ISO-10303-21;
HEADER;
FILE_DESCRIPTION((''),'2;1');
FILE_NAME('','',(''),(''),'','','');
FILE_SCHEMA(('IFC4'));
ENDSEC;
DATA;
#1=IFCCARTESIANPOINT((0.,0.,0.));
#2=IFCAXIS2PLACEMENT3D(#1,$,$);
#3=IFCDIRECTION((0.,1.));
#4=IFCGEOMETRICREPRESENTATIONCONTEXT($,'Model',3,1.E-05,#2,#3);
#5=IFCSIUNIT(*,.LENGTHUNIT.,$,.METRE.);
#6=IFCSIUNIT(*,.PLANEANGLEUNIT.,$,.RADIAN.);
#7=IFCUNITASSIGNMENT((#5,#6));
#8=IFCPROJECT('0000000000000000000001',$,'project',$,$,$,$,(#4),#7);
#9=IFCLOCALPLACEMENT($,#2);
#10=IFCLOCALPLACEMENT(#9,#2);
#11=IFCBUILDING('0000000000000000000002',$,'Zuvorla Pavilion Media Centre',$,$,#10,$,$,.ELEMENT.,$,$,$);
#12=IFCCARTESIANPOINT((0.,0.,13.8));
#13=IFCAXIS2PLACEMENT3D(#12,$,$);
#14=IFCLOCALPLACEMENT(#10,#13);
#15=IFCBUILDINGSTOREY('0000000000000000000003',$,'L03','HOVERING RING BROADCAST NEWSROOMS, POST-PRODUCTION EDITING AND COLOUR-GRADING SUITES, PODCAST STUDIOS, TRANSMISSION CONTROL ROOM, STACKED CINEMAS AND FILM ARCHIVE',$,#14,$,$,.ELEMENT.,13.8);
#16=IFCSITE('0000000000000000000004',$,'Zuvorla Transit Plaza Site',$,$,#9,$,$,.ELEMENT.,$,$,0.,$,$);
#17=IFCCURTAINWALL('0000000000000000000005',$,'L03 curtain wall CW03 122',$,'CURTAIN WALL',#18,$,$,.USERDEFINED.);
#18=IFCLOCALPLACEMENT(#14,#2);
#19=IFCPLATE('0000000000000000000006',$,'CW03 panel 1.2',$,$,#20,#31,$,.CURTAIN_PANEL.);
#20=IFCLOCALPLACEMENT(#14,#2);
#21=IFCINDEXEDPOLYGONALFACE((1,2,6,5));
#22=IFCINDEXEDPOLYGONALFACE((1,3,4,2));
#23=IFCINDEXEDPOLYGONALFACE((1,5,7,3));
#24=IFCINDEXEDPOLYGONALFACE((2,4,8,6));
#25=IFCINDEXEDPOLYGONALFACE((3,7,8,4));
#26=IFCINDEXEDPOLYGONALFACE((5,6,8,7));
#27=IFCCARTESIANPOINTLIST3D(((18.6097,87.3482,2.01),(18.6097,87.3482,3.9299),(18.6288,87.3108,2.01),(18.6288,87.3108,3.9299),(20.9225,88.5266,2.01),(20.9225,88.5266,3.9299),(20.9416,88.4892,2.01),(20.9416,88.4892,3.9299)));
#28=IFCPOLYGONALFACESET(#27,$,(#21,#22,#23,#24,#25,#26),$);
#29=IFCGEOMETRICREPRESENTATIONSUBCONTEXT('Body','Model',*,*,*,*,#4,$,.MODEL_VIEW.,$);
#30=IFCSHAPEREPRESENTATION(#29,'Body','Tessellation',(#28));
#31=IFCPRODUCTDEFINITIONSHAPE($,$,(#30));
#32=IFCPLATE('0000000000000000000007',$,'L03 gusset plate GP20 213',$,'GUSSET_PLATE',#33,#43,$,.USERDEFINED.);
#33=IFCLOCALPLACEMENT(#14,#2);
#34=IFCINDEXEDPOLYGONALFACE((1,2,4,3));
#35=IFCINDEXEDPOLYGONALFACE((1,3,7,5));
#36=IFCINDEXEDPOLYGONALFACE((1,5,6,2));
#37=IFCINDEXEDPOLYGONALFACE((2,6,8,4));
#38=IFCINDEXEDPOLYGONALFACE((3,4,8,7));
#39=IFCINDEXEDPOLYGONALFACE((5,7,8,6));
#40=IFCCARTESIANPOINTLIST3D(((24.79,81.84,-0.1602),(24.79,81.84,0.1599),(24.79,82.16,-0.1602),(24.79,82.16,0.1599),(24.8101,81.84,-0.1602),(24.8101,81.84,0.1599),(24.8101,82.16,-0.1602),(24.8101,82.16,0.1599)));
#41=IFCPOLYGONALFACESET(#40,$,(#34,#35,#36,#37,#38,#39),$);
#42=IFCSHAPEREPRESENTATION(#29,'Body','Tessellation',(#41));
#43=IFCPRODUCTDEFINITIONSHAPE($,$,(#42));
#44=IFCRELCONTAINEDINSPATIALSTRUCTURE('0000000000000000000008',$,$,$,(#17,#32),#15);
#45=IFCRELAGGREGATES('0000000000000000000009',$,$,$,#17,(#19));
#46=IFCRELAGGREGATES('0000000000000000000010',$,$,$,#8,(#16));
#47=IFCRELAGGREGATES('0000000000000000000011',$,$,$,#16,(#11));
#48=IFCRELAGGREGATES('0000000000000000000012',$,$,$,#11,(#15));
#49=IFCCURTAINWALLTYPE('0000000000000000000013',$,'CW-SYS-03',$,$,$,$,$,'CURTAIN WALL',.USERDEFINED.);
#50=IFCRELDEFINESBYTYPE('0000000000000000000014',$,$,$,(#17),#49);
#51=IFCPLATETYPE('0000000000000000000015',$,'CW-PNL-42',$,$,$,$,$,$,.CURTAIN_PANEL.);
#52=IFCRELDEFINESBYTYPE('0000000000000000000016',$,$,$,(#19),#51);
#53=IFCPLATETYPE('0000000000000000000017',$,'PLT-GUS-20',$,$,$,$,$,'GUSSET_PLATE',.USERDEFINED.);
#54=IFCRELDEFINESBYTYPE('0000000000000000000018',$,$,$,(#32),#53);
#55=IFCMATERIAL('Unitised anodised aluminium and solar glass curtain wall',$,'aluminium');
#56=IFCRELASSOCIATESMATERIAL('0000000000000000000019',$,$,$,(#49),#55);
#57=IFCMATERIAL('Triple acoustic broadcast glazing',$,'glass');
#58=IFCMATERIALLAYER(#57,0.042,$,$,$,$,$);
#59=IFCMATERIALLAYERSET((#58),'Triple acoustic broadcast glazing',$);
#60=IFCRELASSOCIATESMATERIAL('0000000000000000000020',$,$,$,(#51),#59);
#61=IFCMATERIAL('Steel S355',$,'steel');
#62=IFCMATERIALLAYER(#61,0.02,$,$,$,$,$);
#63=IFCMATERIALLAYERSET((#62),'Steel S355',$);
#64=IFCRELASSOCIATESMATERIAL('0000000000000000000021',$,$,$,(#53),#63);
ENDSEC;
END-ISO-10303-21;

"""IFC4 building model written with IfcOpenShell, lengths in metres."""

from ifc_helpers import new_model, si_unit, direction, frame, origin, origin_2d, place, context, subcontext, project, spatial, rectangle, extrude, material, layer, layer_set, type_object, element, aggregate, save


model = new_model("IFC4")

# Units and contexts
model_context = context("Model", 3, precision=1e-05, world=origin(), true_north=direction((0.0, 1.0)))
body_context = subcontext(model_context, "Body", "Model", "MODEL_VIEW")
ifc_project = project(units=[si_unit("LENGTHUNIT", "METRE"), si_unit("PLANEANGLEUNIT", "RADIAN")], contexts=[model_context])

# Site, building, storey
site_placement = place(None, origin())
site = spatial("IfcSite", under=ifc_project, at=site_placement, Name="Zuvorla Transit Plaza Site", CompositionType="ELEMENT", RefElevation=0.0)
building_placement = place(site_placement, origin())
building = spatial("IfcBuilding", under=site, at=building_placement, Name="Zuvorla Pavilion Media Centre", CompositionType="ELEMENT")
storey_placement = place(building_placement, frame((0.0, 0.0, 13.8)))
storey = spatial("IfcBuildingStorey", under=building, at=storey_placement, Name="L03", Description="HOVERING RING BROADCAST NEWSROOMS, POST-PRODUCTION EDITING AND COLOUR-GRADING SUITES, PODCAST STUDIOS, TRANSMISSION CONTROL ROOM, STACKED CINEMAS AND FILM ARCHIVE", CompositionType="ELEMENT", Elevation=13.8)

# Shared definitions
ifc_material_1 = material(Name="Steel S355", Category="steel")

# Shared definitions
ifc_material_2 = material(Name="Unitised anodised aluminium and solar glass curtain wall", Category="aluminium")

# Curtain wall
curtain_wall_type_1 = type_object("IfcCurtainWallType", Name="CW-SYS-03", ElementType="CURTAIN WALL", PredefinedType="USERDEFINED", material=ifc_material_2)
curtain_wall_1_placement = place(storey_placement, origin())
curtain_wall_1 = element("IfcCurtainWall", 1, at=curtain_wall_1_placement, inside=storey, type_object=curtain_wall_type_1, Name="L03 curtain wall CW03 122", ObjectType="CURTAIN WALL", PredefinedType="USERDEFINED")

# Plates
ifc_material_3 = material(Name="Triple acoustic broadcast glazing", Category="glass")
ifc_layer_1 = layer(ifc_material_3, 0.042)
ifc_layer_set_1 = layer_set([ifc_layer_1], Name="Triple acoustic broadcast glazing")
plate_type_1 = type_object("IfcPlateType", Name="CW-PNL-42", PredefinedType="CURTAIN_PANEL", material=ifc_layer_set_1)
plate_1_placement = place(storey_placement, frame((19.7756, 87.9187, 2.01), z_axis=(0.0, 0.0, 1.0), x_axis=(-0.891009, -0.453986, 0.0)))
plate_1 = element("IfcPlate", 2, at=plate_1_placement, type_object=plate_type_1, Name="CW03 panel 1.2", PredefinedType="CURTAIN_PANEL", context=body_context, shape_type="SweptSolid", body=[
    extrude(rectangle(XDim=2.5957, YDim=0.042, at=origin_2d()), origin(), (0.0, 0.0, 1.0), 1.9199),
])
aggregate(curtain_wall_1, [plate_1])
ifc_layer_2 = layer(ifc_material_1, 0.02)
ifc_layer_set_2 = layer_set([ifc_layer_2], Name="Steel S355")
plate_type_2 = type_object("IfcPlateType", Name="PLT-GUS-20", ElementType="GUSSET_PLATE", PredefinedType="USERDEFINED", material=ifc_layer_set_2)
plate_2_placement = place(storey_placement, frame((24.8, 82.0, -0.1602), z_axis=(0.0, 0.0, 1.0), x_axis=(1.0, 0.0, 0.0)))
element("IfcPlate", 3, at=plate_2_placement, inside=storey, type_object=plate_type_2, Name="L03 gusset plate GP20 213", ObjectType="GUSSET_PLATE", PredefinedType="USERDEFINED", context=body_context, shape_type="SweptSolid", body=[
    extrude(rectangle(XDim=0.02, YDim=0.3201, at=origin_2d()), origin(), (0.0, 0.0, 1.0), 0.3201),
])

save(model, "model.ifc")
